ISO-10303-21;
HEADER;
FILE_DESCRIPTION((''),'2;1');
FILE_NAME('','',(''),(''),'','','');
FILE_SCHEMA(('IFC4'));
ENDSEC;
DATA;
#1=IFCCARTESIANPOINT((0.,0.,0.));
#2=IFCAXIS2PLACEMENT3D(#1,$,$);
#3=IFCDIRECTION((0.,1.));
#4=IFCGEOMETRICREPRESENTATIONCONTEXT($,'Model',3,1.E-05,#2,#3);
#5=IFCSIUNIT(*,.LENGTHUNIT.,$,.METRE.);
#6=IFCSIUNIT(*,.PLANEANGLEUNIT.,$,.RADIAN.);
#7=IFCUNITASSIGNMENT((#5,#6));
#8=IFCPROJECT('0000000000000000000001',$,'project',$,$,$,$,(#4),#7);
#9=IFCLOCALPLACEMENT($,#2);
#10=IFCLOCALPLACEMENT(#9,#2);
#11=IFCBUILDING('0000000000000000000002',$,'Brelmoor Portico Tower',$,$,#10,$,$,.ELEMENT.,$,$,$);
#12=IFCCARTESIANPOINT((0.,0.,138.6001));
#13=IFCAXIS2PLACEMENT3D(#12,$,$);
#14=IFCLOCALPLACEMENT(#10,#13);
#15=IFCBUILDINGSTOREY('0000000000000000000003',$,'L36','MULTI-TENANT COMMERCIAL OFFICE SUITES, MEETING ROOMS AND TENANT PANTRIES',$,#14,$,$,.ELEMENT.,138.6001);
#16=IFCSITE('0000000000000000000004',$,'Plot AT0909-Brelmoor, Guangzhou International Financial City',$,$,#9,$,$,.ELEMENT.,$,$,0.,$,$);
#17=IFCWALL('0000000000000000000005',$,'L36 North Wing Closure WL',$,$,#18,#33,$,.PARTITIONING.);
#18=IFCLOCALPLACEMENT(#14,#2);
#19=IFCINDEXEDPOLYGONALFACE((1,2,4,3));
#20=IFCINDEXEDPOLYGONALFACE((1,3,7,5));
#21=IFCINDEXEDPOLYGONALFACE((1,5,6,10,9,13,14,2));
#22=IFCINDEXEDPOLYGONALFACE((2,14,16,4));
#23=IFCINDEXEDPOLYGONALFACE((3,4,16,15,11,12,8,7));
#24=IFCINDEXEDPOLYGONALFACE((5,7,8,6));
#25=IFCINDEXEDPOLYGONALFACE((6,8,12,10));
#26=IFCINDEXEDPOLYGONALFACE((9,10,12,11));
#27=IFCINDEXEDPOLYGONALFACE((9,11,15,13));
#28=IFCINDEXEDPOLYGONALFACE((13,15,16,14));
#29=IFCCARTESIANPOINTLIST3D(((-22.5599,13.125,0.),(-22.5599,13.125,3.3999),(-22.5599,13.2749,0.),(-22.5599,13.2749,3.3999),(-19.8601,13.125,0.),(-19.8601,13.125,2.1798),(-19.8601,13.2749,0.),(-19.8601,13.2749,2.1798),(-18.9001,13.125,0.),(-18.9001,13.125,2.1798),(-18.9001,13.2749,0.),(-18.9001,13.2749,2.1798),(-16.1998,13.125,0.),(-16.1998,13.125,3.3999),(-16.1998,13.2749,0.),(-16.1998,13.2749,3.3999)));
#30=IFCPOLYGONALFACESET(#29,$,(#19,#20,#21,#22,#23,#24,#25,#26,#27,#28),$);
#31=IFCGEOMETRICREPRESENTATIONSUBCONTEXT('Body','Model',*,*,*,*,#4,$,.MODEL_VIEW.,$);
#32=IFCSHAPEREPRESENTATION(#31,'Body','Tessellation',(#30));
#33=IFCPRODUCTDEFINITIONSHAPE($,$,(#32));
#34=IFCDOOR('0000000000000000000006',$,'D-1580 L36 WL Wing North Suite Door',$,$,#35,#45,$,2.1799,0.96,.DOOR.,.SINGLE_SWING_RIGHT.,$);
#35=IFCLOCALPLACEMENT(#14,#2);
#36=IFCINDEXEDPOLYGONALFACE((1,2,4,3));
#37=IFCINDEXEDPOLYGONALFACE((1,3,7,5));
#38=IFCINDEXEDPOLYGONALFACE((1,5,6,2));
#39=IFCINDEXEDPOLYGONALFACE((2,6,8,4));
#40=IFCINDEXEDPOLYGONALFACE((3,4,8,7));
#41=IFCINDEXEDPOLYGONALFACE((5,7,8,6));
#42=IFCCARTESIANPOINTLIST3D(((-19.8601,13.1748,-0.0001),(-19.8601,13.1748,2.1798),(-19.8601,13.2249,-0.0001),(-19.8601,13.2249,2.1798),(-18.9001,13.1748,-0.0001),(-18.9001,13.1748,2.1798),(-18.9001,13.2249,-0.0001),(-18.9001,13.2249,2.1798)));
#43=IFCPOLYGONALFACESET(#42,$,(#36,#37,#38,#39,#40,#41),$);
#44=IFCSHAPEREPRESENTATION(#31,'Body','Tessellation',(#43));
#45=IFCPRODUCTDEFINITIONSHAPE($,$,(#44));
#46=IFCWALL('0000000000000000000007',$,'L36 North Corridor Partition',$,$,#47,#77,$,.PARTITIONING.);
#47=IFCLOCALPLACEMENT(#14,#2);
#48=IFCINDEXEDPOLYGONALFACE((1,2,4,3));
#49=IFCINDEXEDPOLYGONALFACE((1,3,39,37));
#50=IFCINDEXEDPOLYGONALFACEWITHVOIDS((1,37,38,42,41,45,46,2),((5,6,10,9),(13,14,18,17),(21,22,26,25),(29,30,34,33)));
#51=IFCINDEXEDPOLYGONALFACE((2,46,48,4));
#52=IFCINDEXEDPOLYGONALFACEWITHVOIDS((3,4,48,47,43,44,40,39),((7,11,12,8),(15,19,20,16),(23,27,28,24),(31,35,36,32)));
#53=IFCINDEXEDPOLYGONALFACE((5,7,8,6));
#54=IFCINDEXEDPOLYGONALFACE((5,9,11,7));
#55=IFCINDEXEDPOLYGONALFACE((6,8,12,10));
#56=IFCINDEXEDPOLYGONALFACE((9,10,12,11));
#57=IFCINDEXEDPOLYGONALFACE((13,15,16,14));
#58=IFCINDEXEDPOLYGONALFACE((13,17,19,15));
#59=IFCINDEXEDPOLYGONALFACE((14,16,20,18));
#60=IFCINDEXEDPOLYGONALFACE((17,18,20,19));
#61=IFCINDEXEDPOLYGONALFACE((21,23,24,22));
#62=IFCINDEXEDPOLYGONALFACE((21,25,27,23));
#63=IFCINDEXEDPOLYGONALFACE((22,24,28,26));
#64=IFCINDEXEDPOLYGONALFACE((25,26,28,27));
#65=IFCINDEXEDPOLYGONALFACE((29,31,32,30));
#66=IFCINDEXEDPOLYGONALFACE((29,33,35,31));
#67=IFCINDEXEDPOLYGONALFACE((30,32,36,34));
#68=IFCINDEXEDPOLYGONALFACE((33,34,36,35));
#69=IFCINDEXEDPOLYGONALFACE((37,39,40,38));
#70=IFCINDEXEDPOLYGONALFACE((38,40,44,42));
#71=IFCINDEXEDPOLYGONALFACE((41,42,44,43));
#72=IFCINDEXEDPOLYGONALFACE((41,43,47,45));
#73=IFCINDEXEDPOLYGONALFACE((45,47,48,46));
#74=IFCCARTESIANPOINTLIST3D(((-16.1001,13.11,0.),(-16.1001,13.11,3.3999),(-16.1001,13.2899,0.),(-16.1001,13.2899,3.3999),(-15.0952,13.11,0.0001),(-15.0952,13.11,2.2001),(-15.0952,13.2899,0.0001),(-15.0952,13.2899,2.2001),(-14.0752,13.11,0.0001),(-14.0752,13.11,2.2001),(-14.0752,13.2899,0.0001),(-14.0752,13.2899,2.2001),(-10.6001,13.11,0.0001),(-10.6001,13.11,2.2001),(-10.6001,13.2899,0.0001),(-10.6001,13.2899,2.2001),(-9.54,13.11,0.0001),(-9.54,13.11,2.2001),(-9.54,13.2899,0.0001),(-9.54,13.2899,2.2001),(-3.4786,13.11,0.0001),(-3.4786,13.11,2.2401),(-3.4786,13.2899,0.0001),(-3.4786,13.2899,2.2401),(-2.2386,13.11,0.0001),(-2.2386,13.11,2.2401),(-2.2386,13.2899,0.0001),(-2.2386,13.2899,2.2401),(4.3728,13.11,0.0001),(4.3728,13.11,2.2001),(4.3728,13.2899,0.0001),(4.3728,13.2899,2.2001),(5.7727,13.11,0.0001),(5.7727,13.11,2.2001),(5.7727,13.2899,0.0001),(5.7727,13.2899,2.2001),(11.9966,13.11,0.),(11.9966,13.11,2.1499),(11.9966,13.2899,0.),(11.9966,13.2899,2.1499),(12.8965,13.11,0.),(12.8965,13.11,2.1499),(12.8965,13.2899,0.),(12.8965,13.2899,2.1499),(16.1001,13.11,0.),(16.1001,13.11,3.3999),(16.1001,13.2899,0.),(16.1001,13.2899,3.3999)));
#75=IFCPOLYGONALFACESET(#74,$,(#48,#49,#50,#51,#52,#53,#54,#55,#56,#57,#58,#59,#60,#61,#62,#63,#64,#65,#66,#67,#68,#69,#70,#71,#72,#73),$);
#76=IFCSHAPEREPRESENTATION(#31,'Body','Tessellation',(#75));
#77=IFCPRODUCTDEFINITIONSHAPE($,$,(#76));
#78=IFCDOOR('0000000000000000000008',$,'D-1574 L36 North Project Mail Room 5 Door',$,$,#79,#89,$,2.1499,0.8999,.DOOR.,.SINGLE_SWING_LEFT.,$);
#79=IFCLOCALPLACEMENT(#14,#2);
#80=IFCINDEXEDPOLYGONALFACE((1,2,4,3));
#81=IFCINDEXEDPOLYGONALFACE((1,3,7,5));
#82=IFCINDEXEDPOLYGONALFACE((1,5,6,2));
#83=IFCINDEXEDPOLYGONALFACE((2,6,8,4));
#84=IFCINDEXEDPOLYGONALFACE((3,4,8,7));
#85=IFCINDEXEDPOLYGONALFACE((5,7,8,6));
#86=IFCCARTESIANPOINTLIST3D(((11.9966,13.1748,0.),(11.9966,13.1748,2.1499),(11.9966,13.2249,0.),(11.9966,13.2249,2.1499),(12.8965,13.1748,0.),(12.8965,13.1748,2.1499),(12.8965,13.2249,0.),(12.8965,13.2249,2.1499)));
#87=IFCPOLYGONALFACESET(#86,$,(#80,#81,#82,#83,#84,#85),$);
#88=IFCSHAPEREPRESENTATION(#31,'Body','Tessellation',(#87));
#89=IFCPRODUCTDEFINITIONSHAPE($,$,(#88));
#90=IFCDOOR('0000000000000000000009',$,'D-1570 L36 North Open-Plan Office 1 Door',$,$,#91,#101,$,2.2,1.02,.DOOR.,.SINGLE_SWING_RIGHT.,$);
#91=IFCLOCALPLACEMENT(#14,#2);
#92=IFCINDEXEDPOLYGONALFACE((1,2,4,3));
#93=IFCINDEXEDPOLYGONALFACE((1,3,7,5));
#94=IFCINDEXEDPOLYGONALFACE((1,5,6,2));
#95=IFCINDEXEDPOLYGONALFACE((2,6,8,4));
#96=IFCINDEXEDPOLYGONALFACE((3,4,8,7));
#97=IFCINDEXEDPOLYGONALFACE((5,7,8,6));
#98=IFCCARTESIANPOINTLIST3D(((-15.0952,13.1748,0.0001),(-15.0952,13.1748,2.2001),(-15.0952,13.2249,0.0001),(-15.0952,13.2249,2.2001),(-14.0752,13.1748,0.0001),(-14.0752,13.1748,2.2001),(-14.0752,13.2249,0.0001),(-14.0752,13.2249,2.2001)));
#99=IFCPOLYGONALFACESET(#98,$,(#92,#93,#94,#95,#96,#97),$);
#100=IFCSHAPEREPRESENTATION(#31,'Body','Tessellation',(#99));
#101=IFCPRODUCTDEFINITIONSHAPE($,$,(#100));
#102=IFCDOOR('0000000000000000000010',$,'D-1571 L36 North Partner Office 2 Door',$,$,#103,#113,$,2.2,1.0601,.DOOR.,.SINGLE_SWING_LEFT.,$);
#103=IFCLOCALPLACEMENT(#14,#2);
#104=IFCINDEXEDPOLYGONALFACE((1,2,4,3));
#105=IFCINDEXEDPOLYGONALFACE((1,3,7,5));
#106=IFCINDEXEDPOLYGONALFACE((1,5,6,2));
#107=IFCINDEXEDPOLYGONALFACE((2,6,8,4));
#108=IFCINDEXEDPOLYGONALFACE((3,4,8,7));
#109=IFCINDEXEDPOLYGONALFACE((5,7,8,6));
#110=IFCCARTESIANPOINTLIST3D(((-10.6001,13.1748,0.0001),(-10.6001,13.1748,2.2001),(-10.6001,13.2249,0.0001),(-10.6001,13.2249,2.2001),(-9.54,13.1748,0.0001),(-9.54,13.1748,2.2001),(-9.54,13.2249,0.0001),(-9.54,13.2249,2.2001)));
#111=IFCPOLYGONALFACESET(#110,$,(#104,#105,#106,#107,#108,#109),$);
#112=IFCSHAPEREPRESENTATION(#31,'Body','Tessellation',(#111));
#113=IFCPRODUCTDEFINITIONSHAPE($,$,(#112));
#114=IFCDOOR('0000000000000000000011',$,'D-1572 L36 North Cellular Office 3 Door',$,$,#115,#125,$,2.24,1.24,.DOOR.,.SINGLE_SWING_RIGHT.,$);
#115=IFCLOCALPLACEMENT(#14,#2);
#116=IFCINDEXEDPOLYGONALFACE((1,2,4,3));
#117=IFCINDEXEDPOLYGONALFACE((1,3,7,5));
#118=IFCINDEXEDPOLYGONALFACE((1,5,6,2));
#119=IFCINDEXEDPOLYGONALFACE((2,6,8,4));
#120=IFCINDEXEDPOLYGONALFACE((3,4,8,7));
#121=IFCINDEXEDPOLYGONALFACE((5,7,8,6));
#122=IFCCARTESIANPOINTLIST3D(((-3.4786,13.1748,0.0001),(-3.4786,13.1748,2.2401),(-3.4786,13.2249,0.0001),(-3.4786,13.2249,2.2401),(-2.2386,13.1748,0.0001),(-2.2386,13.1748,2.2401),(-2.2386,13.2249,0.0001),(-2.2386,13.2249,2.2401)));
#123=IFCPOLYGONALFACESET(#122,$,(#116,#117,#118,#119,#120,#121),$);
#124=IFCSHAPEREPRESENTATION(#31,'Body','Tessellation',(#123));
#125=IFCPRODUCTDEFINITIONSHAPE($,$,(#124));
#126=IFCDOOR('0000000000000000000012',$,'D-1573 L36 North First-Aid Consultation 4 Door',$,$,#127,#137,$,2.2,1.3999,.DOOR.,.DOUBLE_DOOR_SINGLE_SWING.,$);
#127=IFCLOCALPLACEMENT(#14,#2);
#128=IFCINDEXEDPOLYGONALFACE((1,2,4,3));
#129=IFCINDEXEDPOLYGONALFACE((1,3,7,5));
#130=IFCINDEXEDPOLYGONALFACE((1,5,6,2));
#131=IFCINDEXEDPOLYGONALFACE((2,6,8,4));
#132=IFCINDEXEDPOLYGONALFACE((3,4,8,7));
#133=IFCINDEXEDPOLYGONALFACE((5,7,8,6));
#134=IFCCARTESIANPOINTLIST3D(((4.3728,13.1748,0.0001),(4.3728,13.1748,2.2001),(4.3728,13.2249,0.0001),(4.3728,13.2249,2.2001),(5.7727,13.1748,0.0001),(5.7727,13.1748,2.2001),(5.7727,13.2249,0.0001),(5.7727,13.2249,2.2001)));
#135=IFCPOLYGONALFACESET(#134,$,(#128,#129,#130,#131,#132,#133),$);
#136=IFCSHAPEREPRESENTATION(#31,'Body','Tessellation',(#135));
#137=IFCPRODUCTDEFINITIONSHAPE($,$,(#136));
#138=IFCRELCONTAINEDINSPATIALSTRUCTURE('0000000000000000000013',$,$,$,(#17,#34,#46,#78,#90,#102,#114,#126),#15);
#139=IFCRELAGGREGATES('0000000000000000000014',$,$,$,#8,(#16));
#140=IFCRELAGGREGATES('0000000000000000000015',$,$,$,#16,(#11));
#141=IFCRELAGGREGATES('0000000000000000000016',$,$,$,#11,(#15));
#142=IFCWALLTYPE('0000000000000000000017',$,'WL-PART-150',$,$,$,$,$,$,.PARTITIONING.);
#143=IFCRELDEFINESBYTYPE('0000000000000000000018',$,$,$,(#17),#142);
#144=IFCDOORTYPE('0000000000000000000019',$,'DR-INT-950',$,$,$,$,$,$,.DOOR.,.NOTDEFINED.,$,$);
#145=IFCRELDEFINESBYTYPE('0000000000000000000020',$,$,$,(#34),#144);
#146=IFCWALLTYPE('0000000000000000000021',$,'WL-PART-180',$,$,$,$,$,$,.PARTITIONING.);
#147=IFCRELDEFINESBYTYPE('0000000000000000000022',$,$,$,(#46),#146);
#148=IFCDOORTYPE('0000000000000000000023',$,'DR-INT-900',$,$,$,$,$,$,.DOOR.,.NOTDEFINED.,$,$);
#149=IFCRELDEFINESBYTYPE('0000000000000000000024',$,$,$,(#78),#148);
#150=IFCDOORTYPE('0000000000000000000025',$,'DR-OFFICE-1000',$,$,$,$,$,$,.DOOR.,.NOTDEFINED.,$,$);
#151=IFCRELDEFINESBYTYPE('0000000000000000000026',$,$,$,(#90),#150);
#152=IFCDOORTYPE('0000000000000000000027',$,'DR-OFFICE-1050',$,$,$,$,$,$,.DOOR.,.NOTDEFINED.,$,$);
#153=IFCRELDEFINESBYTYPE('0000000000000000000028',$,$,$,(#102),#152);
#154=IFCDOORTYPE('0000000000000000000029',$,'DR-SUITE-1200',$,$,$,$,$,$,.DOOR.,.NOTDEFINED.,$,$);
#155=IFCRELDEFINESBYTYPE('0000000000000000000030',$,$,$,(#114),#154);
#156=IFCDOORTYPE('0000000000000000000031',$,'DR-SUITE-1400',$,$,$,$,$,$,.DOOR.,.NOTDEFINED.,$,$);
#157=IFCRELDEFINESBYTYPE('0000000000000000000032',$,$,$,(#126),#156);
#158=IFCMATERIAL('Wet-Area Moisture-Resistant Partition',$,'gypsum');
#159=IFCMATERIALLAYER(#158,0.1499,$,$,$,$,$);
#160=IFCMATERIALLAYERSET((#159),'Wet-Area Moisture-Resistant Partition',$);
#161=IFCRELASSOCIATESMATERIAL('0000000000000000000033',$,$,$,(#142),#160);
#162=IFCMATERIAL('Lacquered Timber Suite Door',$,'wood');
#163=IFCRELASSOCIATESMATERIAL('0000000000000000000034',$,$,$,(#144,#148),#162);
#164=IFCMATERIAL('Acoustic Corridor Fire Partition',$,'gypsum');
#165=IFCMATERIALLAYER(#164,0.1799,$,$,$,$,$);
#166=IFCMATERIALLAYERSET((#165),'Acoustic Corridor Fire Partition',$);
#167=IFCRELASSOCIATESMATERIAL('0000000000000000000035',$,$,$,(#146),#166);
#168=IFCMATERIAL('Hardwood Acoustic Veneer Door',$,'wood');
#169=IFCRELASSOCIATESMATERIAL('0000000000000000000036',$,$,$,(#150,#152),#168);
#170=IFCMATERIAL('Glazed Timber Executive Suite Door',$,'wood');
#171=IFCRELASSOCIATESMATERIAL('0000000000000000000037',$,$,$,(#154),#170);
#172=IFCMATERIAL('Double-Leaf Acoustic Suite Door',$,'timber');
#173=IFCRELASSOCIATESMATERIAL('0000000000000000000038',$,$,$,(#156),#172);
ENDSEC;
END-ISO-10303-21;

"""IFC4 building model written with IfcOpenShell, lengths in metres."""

from ifc_helpers import new_model, si_unit, direction, frame, frame_2d, origin, place, context, subcontext, project, spatial, rectangle, extrude, material, layer, layer_set, type_object, element, fill, save


model = new_model("IFC4")

# Units and contexts
model_context = context("Model", 3, precision=1e-05, world=origin(), true_north=direction((0.0, 1.0)))
body_context = subcontext(model_context, "Body", "Model", "MODEL_VIEW")
ifc_project = project(units=[si_unit("LENGTHUNIT", "METRE"), si_unit("PLANEANGLEUNIT", "RADIAN")], contexts=[model_context])

# Site, building, storey
site_placement = place(None, origin())
site = spatial("IfcSite", under=ifc_project, at=site_placement, Name="Plot AT0909-Brelmoor, Guangzhou International Financial City", CompositionType="ELEMENT", RefElevation=0.0)
building_placement = place(site_placement, origin())
building = spatial("IfcBuilding", under=site, at=building_placement, Name="Brelmoor Portico Tower", CompositionType="ELEMENT")
storey_placement = place(building_placement, frame((0.0, 0.0, 138.6001)))
storey = spatial("IfcBuildingStorey", under=building, at=storey_placement, Name="L36", Description="MULTI-TENANT COMMERCIAL OFFICE SUITES, MEETING ROOMS AND TENANT PANTRIES", CompositionType="ELEMENT", Elevation=138.6001)

# Wall, opening, door
ifc_material_1 = material(Name="Wet-Area Moisture-Resistant Partition", Category="gypsum")
ifc_layer_1 = layer(ifc_material_1, 0.1499)
ifc_layer_set_1 = layer_set([ifc_layer_1], Name="Wet-Area Moisture-Resistant Partition")
wall_type_1 = type_object("IfcWallType", Name="WL-PART-150", PredefinedType="PARTITIONING", material=ifc_layer_set_1)
wall_1_placement = place(storey_placement, frame((-22.5601, 13.2, 0.0), z_axis=(0.0, 0.0, 1.0), x_axis=(1.0, 0.0, 0.0)))
wall_1 = element("IfcWall", 1, at=wall_1_placement, inside=storey, type_object=wall_type_1, Name="L36 North Wing Closure WL", PredefinedType="PARTITIONING", context=body_context, shape_type="SweptSolid", body=[
    extrude(rectangle(XDim=6.3601, YDim=0.1499, at=frame_2d((3.1802, 0.0))), origin(), (0.0, 0.0, 1.0), 3.3999),
])
opening_1_placement = place(wall_1_placement, frame((2.7, 0.0, 0.0)))
opening_1 = element("IfcOpeningElement", 2, at=opening_1_placement, cuts=wall_1, PredefinedType="OPENING", context=body_context, shape_type="SweptSolid", body=[
    extrude(rectangle(XDim=0.96, YDim=2.1799, at=frame_2d((0.48, 1.0898))), frame((0.0, 0.085, 0.0), z_axis=(0.0, -1.0, 0.0), x_axis=(1.0, 0.0, 0.0)), (0.0, 0.0, 1.0), 0.1699),
])
ifc_material_2 = material(Name="Lacquered Timber Suite Door", Category="wood")
door_type_1 = type_object("IfcDoorType", Name="DR-INT-950", OperationType="NOTDEFINED", PredefinedType="DOOR", material=ifc_material_2)
door_1_placement = place(opening_1_placement, origin())
door_1 = element("IfcDoor", 3, at=door_1_placement, inside=storey, type_object=door_type_1, Name="D-1580 L36 WL Wing North Suite Door", OperationType="SINGLE_SWING_RIGHT", OverallHeight=2.1799, OverallWidth=0.96, PredefinedType="DOOR", context=body_context, shape_type="SweptSolid", body=[
    extrude(rectangle(XDim=0.96, YDim=2.1799, at=frame_2d((0.48, 1.0898))), frame((0.0, 0.0249, 0.0), z_axis=(0.0, -1.0, 0.0), x_axis=(1.0, 0.0, 0.0)), (0.0, 0.0, 1.0), 0.05),
])
fill(opening_1, door_1)

# Wall, openings, doors
ifc_material_3 = material(Name="Acoustic Corridor Fire Partition", Category="gypsum")
ifc_layer_2 = layer(ifc_material_3, 0.1799)
ifc_layer_set_2 = layer_set([ifc_layer_2], Name="Acoustic Corridor Fire Partition")
wall_type_2 = type_object("IfcWallType", Name="WL-PART-180", PredefinedType="PARTITIONING", material=ifc_layer_set_2)
wall_2_placement = place(storey_placement, frame((-16.1001, 13.2, 0.0), z_axis=(0.0, 0.0, 1.0), x_axis=(1.0, 0.0, 0.0)))
wall_2 = element("IfcWall", 4, at=wall_2_placement, inside=storey, type_object=wall_type_2, Name="L36 North Corridor Partition", PredefinedType="PARTITIONING", context=body_context, shape_type="SweptSolid", body=[
    extrude(rectangle(XDim=32.2002, YDim=0.1799, at=frame_2d((16.1001, 0.0))), origin(), (0.0, 0.0, 1.0), 3.3999),
])
opening_2_placement = place(wall_2_placement, frame((1.0049, 0.0, 0.0)))
opening_2 = element("IfcOpeningElement", 5, at=opening_2_placement, cuts=wall_2, PredefinedType="OPENING", context=body_context, shape_type="SweptSolid", body=[
    extrude(rectangle(XDim=1.02, YDim=2.2, at=frame_2d((0.51, 1.1001))), frame((0.0, 0.0999, 0.0), z_axis=(0.0, -1.0, 0.0), x_axis=(1.0, 0.0, 0.0)), (0.0, 0.0, 1.0), 0.2),
])
opening_3_placement = place(wall_2_placement, frame((5.5, 0.0, 0.0)))
opening_3 = element("IfcOpeningElement", 6, at=opening_3_placement, cuts=wall_2, PredefinedType="OPENING", context=body_context, shape_type="SweptSolid", body=[
    extrude(rectangle(XDim=1.0601, YDim=2.2, at=frame_2d((0.53, 1.1001))), frame((0.0, 0.0999, 0.0), z_axis=(0.0, -1.0, 0.0), x_axis=(1.0, 0.0, 0.0)), (0.0, 0.0, 1.0), 0.2),
])
opening_4_placement = place(wall_2_placement, frame((12.6213, 0.0, 0.0)))
opening_4 = element("IfcOpeningElement", 7, at=opening_4_placement, cuts=wall_2, PredefinedType="OPENING", context=body_context, shape_type="SweptSolid", body=[
    extrude(rectangle(XDim=1.24, YDim=2.24, at=frame_2d((0.6201, 1.1201))), frame((0.0, 0.0999, 0.0), z_axis=(0.0, -1.0, 0.0), x_axis=(1.0, 0.0, 0.0)), (0.0, 0.0, 1.0), 0.2),
])
opening_5_placement = place(wall_2_placement, frame((20.4729, 0.0, 0.0)))
opening_5 = element("IfcOpeningElement", 8, at=opening_5_placement, cuts=wall_2, PredefinedType="OPENING", context=body_context, shape_type="SweptSolid", body=[
    extrude(rectangle(XDim=1.3999, YDim=2.2, at=frame_2d((0.7, 1.1001))), frame((0.0, 0.0999, 0.0), z_axis=(0.0, -1.0, 0.0), x_axis=(1.0, 0.0, 0.0)), (0.0, 0.0, 1.0), 0.2),
])
opening_6_placement = place(wall_2_placement, frame((28.0967, 0.0, 0.0)))
opening_6 = element("IfcOpeningElement", 9, at=opening_6_placement, cuts=wall_2, PredefinedType="OPENING", context=body_context, shape_type="SweptSolid", body=[
    extrude(rectangle(XDim=0.8999, YDim=2.1499, at=frame_2d((0.45, 1.075))), frame((0.0, 0.0999, 0.0), z_axis=(0.0, -1.0, 0.0), x_axis=(1.0, 0.0, 0.0)), (0.0, 0.0, 1.0), 0.2),
])
door_type_2 = type_object("IfcDoorType", Name="DR-INT-900", OperationType="NOTDEFINED", PredefinedType="DOOR", material=ifc_material_2)
door_2_placement = place(opening_6_placement, origin())
door_2 = element("IfcDoor", 10, at=door_2_placement, inside=storey, type_object=door_type_2, Name="D-1574 L36 North Project Mail Room 5 Door", OperationType="SINGLE_SWING_LEFT", OverallHeight=2.1499, OverallWidth=0.8999, PredefinedType="DOOR", context=body_context, shape_type="SweptSolid", body=[
    extrude(rectangle(XDim=0.8999, YDim=2.1499, at=frame_2d((0.45, 1.075))), frame((0.0, 0.0249, 0.0), z_axis=(0.0, -1.0, 0.0), x_axis=(1.0, 0.0, 0.0)), (0.0, 0.0, 1.0), 0.05),
])
fill(opening_6, door_2)
ifc_material_4 = material(Name="Hardwood Acoustic Veneer Door", Category="wood")
door_type_3 = type_object("IfcDoorType", Name="DR-OFFICE-1000", OperationType="NOTDEFINED", PredefinedType="DOOR", material=ifc_material_4)
door_3_placement = place(opening_2_placement, origin())
door_3 = element("IfcDoor", 11, at=door_3_placement, inside=storey, type_object=door_type_3, Name="D-1570 L36 North Open-Plan Office 1 Door", OperationType="SINGLE_SWING_RIGHT", OverallHeight=2.2, OverallWidth=1.02, PredefinedType="DOOR", context=body_context, shape_type="SweptSolid", body=[
    extrude(rectangle(XDim=1.02, YDim=2.2, at=frame_2d((0.51, 1.1001))), frame((0.0, 0.0249, 0.0), z_axis=(0.0, -1.0, 0.0), x_axis=(1.0, 0.0, 0.0)), (0.0, 0.0, 1.0), 0.05),
])
fill(opening_2, door_3)
door_type_4 = type_object("IfcDoorType", Name="DR-OFFICE-1050", OperationType="NOTDEFINED", PredefinedType="DOOR", material=ifc_material_4)
door_4_placement = place(opening_3_placement, origin())
door_4 = element("IfcDoor", 12, at=door_4_placement, inside=storey, type_object=door_type_4, Name="D-1571 L36 North Partner Office 2 Door", OperationType="SINGLE_SWING_LEFT", OverallHeight=2.2, OverallWidth=1.0601, PredefinedType="DOOR", context=body_context, shape_type="SweptSolid", body=[
    extrude(rectangle(XDim=1.0601, YDim=2.2, at=frame_2d((0.53, 1.1001))), frame((0.0, 0.0249, 0.0), z_axis=(0.0, -1.0, 0.0), x_axis=(1.0, 0.0, 0.0)), (0.0, 0.0, 1.0), 0.05),
])
fill(opening_3, door_4)
ifc_material_5 = material(Name="Glazed Timber Executive Suite Door", Category="wood")
door_type_5 = type_object("IfcDoorType", Name="DR-SUITE-1200", OperationType="NOTDEFINED", PredefinedType="DOOR", material=ifc_material_5)
door_5_placement = place(opening_4_placement, origin())
door_5 = element("IfcDoor", 13, at=door_5_placement, inside=storey, type_object=door_type_5, Name="D-1572 L36 North Cellular Office 3 Door", OperationType="SINGLE_SWING_RIGHT", OverallHeight=2.24, OverallWidth=1.24, PredefinedType="DOOR", context=body_context, shape_type="SweptSolid", body=[
    extrude(rectangle(XDim=1.24, YDim=2.24, at=frame_2d((0.6201, 1.1201))), frame((0.0, 0.0249, 0.0), z_axis=(0.0, -1.0, 0.0), x_axis=(1.0, 0.0, 0.0)), (0.0, 0.0, 1.0), 0.05),
])
fill(opening_4, door_5)
ifc_material_6 = material(Name="Double-Leaf Acoustic Suite Door", Category="timber")
door_type_6 = type_object("IfcDoorType", Name="DR-SUITE-1400", OperationType="NOTDEFINED", PredefinedType="DOOR", material=ifc_material_6)
door_6_placement = place(opening_5_placement, origin())
door_6 = element("IfcDoor", 14, at=door_6_placement, inside=storey, type_object=door_type_6, Name="D-1573 L36 North First-Aid Consultation 4 Door", OperationType="DOUBLE_DOOR_SINGLE_SWING", OverallHeight=2.2, OverallWidth=1.3999, PredefinedType="DOOR", context=body_context, shape_type="SweptSolid", body=[
    extrude(rectangle(XDim=1.3999, YDim=2.2, at=frame_2d((0.7, 1.1001))), frame((0.0, 0.0249, 0.0), z_axis=(0.0, -1.0, 0.0), x_axis=(1.0, 0.0, 0.0)), (0.0, 0.0, 1.0), 0.05),
])
fill(opening_5, door_6)

save(model, "model.ifc")
